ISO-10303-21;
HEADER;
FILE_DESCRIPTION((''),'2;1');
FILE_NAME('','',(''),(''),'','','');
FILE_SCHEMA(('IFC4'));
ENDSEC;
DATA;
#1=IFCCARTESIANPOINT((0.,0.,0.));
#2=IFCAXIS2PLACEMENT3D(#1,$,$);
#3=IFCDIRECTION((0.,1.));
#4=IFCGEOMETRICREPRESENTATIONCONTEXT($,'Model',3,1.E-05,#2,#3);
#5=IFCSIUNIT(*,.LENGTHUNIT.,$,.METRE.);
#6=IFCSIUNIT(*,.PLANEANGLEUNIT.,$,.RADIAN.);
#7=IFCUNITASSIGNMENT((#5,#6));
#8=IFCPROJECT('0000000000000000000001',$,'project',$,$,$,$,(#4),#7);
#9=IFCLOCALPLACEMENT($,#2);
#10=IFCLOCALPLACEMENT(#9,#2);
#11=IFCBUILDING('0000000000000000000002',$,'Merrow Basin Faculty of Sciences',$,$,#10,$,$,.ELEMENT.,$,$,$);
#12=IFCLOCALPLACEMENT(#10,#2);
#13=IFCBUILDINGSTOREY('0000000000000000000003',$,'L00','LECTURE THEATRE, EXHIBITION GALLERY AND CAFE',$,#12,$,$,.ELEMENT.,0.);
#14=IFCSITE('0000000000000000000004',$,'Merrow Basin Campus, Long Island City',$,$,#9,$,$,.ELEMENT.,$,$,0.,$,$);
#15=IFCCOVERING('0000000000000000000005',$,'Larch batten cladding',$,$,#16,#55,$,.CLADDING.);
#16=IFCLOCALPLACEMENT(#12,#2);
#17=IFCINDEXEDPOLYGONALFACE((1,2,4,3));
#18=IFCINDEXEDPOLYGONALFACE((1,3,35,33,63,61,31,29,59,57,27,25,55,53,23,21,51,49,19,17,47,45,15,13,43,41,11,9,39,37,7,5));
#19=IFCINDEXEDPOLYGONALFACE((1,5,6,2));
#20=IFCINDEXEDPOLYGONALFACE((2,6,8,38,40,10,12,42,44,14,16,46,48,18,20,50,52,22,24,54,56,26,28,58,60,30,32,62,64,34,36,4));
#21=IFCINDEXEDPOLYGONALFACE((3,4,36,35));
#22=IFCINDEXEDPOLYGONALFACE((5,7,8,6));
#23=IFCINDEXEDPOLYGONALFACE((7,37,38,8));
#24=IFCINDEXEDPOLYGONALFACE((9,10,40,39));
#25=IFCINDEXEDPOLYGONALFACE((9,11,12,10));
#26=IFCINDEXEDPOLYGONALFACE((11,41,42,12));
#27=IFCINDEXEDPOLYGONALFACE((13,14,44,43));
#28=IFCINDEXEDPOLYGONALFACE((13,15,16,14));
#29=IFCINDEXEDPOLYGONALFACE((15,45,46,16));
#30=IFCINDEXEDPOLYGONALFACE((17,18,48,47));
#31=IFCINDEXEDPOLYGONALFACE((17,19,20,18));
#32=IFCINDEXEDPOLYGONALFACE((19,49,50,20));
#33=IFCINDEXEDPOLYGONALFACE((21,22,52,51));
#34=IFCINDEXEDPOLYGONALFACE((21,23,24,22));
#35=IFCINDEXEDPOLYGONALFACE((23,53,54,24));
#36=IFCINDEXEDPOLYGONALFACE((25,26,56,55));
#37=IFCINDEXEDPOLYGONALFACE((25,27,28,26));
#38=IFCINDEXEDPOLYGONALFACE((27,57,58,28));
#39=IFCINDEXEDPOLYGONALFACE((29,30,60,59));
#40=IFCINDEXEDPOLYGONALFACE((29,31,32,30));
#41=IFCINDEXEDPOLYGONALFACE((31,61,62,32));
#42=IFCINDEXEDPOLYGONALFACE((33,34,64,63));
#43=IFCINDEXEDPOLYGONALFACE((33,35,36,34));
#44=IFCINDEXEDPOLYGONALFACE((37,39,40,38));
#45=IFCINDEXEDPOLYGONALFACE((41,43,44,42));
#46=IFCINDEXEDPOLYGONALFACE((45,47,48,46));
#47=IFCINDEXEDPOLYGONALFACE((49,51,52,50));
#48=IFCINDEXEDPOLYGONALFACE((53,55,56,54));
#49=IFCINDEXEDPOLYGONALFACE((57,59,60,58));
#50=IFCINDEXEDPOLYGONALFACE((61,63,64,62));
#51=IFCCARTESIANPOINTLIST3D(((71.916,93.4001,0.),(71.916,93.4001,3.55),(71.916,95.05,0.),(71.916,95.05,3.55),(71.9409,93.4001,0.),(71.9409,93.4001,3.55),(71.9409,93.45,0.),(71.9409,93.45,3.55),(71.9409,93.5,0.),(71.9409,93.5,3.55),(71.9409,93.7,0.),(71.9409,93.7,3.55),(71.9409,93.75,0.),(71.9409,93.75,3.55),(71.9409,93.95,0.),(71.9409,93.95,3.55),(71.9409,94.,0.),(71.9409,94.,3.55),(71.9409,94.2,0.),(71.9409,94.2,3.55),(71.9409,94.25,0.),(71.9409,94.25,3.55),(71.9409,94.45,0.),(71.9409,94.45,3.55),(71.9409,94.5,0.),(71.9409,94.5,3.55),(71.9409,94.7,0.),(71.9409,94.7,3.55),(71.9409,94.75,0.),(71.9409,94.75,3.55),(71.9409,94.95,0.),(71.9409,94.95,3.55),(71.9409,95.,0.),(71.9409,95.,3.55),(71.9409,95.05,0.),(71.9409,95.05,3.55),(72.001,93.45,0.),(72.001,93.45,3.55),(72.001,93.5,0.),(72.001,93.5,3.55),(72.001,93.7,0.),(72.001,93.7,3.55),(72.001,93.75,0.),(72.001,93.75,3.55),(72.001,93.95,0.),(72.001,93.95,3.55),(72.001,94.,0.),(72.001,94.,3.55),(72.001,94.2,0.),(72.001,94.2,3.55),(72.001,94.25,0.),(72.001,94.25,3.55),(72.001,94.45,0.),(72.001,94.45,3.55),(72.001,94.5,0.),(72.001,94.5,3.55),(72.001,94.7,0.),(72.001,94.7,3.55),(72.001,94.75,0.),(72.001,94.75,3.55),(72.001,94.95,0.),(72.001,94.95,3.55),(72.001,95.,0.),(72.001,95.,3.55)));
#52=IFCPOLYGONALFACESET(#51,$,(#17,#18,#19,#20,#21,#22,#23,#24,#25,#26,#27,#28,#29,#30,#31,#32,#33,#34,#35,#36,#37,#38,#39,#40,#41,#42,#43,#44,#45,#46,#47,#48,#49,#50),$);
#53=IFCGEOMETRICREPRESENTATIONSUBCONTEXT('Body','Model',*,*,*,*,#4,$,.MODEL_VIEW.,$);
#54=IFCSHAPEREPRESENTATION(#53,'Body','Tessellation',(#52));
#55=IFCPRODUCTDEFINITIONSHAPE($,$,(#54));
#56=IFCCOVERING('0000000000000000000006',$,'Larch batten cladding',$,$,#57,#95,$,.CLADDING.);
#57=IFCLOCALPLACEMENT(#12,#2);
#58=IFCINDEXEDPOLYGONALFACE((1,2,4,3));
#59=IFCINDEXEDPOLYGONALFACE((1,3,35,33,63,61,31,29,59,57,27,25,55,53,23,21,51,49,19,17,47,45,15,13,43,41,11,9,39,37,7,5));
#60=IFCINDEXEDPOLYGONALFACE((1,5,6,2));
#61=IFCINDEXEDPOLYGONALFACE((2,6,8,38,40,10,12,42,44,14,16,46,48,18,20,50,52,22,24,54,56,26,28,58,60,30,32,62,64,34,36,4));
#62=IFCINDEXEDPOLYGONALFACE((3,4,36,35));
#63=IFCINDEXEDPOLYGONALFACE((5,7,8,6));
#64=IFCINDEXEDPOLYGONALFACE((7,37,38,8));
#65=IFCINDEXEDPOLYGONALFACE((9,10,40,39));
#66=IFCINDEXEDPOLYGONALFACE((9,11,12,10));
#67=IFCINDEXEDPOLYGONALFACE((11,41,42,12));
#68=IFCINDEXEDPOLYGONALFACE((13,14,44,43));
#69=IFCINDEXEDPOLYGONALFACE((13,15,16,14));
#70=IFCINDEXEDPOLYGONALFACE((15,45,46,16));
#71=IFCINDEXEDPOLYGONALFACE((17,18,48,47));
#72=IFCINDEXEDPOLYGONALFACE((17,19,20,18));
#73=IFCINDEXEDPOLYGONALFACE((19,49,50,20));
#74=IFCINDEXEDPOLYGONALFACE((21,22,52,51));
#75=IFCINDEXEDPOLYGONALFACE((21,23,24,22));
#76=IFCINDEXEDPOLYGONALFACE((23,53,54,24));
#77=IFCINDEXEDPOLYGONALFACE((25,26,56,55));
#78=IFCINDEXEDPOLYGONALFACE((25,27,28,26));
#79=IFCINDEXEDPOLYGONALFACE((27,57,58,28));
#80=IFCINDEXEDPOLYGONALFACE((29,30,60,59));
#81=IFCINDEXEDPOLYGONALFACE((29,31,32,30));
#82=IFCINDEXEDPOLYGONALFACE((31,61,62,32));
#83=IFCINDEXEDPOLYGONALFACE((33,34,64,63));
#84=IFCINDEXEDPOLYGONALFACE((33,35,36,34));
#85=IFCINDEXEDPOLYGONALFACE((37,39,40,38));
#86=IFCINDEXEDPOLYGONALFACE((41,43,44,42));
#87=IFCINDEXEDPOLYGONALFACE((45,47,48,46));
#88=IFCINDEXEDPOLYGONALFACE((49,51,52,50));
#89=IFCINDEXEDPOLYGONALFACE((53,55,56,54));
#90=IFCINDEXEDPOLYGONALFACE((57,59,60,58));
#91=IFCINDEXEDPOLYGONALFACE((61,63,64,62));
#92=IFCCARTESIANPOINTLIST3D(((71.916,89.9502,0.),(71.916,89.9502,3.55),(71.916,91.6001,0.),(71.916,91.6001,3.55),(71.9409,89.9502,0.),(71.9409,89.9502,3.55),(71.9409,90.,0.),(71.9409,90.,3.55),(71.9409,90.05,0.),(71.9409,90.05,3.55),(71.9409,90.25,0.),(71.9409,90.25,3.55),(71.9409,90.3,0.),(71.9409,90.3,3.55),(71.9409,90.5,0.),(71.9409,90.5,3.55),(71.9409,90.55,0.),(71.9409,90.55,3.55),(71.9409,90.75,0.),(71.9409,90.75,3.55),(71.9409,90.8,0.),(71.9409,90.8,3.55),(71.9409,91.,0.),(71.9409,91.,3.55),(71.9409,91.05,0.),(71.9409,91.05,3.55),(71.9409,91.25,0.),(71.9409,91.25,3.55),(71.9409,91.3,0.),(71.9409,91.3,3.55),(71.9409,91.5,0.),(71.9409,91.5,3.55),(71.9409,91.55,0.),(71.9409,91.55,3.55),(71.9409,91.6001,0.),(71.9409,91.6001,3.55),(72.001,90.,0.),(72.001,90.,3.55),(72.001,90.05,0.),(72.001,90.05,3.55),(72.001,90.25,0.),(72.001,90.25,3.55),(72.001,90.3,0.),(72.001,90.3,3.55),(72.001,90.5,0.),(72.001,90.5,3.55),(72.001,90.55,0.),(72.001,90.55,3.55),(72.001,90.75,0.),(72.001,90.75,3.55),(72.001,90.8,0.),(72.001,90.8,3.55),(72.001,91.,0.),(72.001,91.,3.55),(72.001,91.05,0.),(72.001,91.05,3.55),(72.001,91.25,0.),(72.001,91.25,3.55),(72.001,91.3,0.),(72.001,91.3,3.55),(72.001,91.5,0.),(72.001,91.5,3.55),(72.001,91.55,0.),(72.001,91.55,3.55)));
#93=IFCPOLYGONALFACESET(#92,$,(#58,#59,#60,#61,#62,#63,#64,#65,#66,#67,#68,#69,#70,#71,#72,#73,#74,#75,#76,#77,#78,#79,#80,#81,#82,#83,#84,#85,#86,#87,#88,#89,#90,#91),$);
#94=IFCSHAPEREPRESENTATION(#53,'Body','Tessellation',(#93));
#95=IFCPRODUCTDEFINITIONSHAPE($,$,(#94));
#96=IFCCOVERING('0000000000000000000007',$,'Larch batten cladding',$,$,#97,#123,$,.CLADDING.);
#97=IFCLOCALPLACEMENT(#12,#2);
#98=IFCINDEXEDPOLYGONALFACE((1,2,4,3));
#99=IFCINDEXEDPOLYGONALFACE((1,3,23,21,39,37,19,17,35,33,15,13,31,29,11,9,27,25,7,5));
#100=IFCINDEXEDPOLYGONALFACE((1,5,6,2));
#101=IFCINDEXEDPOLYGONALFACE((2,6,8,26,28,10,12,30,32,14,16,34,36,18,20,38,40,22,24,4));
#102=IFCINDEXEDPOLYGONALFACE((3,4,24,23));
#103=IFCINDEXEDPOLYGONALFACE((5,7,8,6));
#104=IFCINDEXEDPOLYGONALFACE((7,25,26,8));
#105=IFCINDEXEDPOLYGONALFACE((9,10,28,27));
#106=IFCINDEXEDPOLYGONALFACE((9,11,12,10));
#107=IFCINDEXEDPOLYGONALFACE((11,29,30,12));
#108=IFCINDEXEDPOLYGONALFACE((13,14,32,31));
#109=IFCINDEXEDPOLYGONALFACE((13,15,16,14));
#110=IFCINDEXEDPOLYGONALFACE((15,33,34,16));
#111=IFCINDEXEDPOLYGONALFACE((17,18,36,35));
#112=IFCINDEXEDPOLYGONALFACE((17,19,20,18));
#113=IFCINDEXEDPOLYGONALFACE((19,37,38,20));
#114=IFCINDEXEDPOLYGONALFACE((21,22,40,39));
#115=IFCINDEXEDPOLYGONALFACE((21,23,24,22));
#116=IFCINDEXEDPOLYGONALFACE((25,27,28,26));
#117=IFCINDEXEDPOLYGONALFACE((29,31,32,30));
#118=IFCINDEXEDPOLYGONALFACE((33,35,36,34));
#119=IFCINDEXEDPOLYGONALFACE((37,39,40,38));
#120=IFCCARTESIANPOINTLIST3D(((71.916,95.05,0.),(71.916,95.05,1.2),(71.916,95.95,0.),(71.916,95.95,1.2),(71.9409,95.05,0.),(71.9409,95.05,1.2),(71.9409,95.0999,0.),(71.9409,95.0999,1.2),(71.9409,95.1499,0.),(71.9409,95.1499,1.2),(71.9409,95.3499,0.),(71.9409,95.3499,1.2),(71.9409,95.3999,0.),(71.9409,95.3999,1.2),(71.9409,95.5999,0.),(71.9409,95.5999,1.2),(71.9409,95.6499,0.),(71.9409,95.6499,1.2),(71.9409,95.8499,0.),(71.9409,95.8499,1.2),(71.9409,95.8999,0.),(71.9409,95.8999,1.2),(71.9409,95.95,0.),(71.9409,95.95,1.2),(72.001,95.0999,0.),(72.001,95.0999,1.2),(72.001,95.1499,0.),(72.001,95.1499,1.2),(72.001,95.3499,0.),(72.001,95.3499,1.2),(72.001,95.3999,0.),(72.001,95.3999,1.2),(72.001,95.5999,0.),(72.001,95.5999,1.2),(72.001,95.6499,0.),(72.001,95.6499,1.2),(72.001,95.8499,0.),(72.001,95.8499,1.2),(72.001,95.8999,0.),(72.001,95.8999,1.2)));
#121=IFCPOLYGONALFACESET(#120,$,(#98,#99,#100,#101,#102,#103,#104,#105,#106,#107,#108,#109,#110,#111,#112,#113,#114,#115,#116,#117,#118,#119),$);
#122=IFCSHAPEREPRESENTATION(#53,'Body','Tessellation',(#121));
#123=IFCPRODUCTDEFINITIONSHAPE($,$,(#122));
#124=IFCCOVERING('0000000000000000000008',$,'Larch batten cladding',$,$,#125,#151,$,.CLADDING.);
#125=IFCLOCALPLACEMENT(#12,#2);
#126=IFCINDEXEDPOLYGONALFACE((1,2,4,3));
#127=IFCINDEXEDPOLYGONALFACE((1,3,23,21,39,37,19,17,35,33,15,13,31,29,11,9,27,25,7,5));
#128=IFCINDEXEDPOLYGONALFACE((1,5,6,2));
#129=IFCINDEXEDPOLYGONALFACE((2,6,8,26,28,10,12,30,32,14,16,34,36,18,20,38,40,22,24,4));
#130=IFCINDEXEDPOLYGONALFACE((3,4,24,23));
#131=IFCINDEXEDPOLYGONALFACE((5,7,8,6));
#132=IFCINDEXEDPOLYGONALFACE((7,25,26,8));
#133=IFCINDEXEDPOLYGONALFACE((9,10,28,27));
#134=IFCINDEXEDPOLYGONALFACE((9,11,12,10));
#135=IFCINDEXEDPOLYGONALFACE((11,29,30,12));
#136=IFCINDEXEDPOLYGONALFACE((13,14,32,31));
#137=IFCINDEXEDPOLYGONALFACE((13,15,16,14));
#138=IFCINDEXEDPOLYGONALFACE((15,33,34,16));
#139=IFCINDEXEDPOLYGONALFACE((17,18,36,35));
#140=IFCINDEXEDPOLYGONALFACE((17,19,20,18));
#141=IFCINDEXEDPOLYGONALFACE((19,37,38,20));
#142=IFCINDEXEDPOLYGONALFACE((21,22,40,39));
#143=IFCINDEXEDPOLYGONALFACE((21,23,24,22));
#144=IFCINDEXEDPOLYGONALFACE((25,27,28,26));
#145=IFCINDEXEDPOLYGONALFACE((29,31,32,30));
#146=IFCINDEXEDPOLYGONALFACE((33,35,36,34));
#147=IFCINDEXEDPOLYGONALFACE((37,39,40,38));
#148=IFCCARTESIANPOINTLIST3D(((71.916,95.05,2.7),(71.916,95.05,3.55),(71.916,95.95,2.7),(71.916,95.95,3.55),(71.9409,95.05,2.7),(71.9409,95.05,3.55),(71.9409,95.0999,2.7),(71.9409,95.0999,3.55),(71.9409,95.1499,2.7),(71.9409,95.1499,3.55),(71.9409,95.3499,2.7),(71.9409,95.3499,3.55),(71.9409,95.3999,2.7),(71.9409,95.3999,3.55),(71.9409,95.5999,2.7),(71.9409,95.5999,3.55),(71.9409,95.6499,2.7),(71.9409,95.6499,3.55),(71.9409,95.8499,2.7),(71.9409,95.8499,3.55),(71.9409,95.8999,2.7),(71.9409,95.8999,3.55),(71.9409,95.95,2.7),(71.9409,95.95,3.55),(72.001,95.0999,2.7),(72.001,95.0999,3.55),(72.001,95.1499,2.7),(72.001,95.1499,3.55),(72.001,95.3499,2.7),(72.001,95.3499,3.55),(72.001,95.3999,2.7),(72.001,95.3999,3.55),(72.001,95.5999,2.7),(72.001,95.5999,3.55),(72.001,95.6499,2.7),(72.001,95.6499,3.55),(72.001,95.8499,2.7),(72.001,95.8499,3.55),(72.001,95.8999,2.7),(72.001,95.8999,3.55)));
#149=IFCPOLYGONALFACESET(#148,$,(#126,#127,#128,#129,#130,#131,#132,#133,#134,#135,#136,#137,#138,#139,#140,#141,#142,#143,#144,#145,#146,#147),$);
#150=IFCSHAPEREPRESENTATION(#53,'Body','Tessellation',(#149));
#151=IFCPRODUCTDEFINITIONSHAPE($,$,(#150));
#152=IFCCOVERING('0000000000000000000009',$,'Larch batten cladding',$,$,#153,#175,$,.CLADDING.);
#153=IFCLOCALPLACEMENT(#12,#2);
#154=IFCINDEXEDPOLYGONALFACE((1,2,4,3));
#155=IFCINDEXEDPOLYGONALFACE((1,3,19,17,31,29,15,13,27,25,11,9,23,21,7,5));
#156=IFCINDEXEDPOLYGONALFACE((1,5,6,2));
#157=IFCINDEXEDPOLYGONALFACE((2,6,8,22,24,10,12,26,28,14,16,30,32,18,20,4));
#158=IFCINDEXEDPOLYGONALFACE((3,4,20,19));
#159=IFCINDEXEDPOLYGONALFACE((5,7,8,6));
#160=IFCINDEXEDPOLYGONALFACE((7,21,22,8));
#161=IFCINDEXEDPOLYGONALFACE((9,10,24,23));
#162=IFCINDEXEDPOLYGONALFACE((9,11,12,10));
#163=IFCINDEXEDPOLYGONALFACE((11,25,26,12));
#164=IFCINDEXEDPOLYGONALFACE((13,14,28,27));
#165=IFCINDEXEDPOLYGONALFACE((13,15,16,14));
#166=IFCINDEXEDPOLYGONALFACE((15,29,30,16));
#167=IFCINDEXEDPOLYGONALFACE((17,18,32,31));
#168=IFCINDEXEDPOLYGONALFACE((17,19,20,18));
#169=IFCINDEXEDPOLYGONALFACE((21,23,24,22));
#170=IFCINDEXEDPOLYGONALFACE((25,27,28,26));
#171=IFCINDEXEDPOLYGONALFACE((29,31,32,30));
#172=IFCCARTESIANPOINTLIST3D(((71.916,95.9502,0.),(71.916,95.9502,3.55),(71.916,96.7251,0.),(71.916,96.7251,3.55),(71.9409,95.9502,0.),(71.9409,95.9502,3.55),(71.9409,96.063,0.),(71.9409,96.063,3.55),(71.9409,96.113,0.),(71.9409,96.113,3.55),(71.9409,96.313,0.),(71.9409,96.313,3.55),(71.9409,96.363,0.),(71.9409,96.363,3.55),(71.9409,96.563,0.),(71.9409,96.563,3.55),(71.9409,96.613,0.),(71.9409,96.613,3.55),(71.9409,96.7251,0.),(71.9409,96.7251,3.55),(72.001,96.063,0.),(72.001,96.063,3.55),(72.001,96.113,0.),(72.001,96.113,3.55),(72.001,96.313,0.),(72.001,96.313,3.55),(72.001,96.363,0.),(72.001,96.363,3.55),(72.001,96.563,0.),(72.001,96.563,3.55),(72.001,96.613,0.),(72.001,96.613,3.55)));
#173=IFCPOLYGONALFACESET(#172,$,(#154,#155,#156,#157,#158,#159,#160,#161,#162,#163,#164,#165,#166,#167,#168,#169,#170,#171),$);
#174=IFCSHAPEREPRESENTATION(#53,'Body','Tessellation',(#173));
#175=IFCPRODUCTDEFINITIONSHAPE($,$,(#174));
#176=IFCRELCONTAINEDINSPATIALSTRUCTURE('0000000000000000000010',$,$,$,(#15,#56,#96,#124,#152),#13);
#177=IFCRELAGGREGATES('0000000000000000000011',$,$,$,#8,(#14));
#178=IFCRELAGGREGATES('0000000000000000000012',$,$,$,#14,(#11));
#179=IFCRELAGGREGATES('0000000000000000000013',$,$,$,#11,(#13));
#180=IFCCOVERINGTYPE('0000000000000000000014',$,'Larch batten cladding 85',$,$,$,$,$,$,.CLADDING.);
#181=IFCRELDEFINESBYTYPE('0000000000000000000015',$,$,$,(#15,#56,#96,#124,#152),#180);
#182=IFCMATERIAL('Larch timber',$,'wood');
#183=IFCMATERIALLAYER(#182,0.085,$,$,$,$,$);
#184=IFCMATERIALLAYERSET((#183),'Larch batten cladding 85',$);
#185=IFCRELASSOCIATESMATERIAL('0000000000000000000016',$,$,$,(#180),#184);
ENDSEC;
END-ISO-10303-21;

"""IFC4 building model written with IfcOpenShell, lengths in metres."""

from ifc_helpers import new_model, si_unit, direction, frame, origin, place, context, subcontext, project, spatial, polyline, outline, extrude, source, transform, mapped, material, layer, layer_set, type_object, element, save


model = new_model("IFC4")

# Units and contexts
model_context = context("Model", 3, precision=1e-05, world=origin(), true_north=direction((0.0, 1.0)))
body_context = subcontext(model_context, "Body", "Model", "MODEL_VIEW")
ifc_project = project(units=[si_unit("LENGTHUNIT", "METRE"), si_unit("PLANEANGLEUNIT", "RADIAN")], contexts=[model_context])

# Site, building, storey
site_placement = place(None, origin())
site = spatial("IfcSite", under=ifc_project, at=site_placement, Name="Merrow Basin Campus, Long Island City", CompositionType="ELEMENT", RefElevation=0.0)
building_placement = place(site_placement, origin())
building = spatial("IfcBuilding", under=site, at=building_placement, Name="Merrow Basin Faculty of Sciences", CompositionType="ELEMENT")
storey_placement = place(building_placement, origin())
storey = spatial("IfcBuildingStorey", under=building, at=storey_placement, Name="L00", Description="LECTURE THEATRE, EXHIBITION GALLERY AND CAFE", CompositionType="ELEMENT", Elevation=0.0)

# Coverings
ifc_material_1 = material(Name="Larch timber", Category="wood")
ifc_layer_1 = layer(ifc_material_1, 0.085)
ifc_layer_set_1 = layer_set([ifc_layer_1], Name="Larch batten cladding 85")
covering_type = type_object("IfcCoveringType", Name="Larch batten cladding 85", PredefinedType="CLADDING", material=ifc_layer_set_1)
shared_shape_1 = source(origin(), body_context, "Body", "SweptSolid", [
    extrude(outline(polyline([(0.0, 0.0), (1.6499, 0.0), (1.6499, 0.0249), (1.6001, 0.0249), (1.6001, 0.085), (1.55, 0.085), (1.55, 0.0249), (1.3501, 0.0249), (1.3501, 0.085), (1.3, 0.085), (1.3, 0.0249), (1.1001, 0.0249), (1.1001, 0.085), (1.05, 0.085), (1.05, 0.0249), (0.8501, 0.0249), (0.8501, 0.085), (0.8, 0.085), (0.8, 0.0249), (0.6001, 0.0249), (0.6001, 0.085), (0.55, 0.085), (0.55, 0.0249), (0.3501, 0.0249), (0.3501, 0.085), (0.3, 0.085), (0.3, 0.0249), (0.1001, 0.0249), (0.1001, 0.085), (0.05, 0.085), (0.05, 0.0249), (0.0, 0.0249), (0.0, 0.0)])), origin(), (0.0, 0.0, 1.0), 3.55),
])
for number, where, z_axis, x_axis, name in (
    (1, (71.916, 95.05, 0.0), (0.0, 0.0, 1.0), (0.0, -1.0, 0.0), "Larch batten cladding"),
    (2, (71.916, 91.6001, 0.0), (0.0, 0.0, 1.0), (0.0, -1.0, 0.0), "Larch batten cladding"),
):
    element("IfcCovering", number, at=place(storey_placement, frame(where, z_axis=z_axis, x_axis=x_axis)), inside=storey, type_object=covering_type, Name=name, PredefinedType="CLADDING", context=body_context, shape_type="MappedRepresentation", body=[
        mapped(shared_shape_1, transform((0.0, 0.0, 0.0), scale=1.0)),
    ])
shared_shape_2 = source(origin(), body_context, "Body", "SweptSolid", [
    extrude(outline(polyline([(0.0, 0.0), (0.8999, 0.0), (0.8999, 0.0249), (0.8501, 0.0249), (0.8501, 0.085), (0.8, 0.085), (0.8, 0.0249), (0.6001, 0.0249), (0.6001, 0.085), (0.55, 0.085), (0.55, 0.0249), (0.3501, 0.0249), (0.3501, 0.085), (0.3, 0.085), (0.3, 0.0249), (0.1001, 0.0249), (0.1001, 0.085), (0.05, 0.085), (0.05, 0.0249), (0.0, 0.0249), (0.0, 0.0)])), origin(), (0.0, 0.0, 1.0), 1.2),
])
covering_1_placement = place(storey_placement, frame((71.916, 95.95, 0.0), z_axis=(0.0, 0.0, 1.0), x_axis=(0.0, -1.0, 0.0)))
element("IfcCovering", 3, at=covering_1_placement, inside=storey, type_object=covering_type, Name="Larch batten cladding", PredefinedType="CLADDING", context=body_context, shape_type="MappedRepresentation", body=[
    mapped(shared_shape_2, transform((0.0, 0.0, 0.0), scale=1.0)),
])
shared_shape_3 = source(origin(), body_context, "Body", "SweptSolid", [
    extrude(outline(polyline([(0.0, 0.0), (0.8999, 0.0), (0.8999, 0.0249), (0.8501, 0.0249), (0.8501, 0.085), (0.8, 0.085), (0.8, 0.0249), (0.6001, 0.0249), (0.6001, 0.085), (0.55, 0.085), (0.55, 0.0249), (0.3501, 0.0249), (0.3501, 0.085), (0.3, 0.085), (0.3, 0.0249), (0.1001, 0.0249), (0.1001, 0.085), (0.05, 0.085), (0.05, 0.0249), (0.0, 0.0249), (0.0, 0.0)])), origin(), (0.0, 0.0, 1.0), 0.8501),
])
covering_2_placement = place(storey_placement, frame((71.916, 95.95, 2.7), z_axis=(0.0, 0.0, 1.0), x_axis=(0.0, -1.0, 0.0)))
element("IfcCovering", 4, at=covering_2_placement, inside=storey, type_object=covering_type, Name="Larch batten cladding", PredefinedType="CLADDING", context=body_context, shape_type="MappedRepresentation", body=[
    mapped(shared_shape_3, transform((0.0, 0.0, 0.0), scale=1.0)),
])
shared_shape_4 = source(origin(), body_context, "Body", "SweptSolid", [
    extrude(outline(polyline([(0.0, 0.0), (0.7749, 0.0), (0.7749, 0.0249), (0.6621, 0.0249), (0.6621, 0.085), (0.6121, 0.085), (0.6121, 0.0249), (0.4121, 0.0249), (0.4121, 0.085), (0.3621, 0.085), (0.3621, 0.0249), (0.1621, 0.0249), (0.1621, 0.085), (0.1121, 0.085), (0.1121, 0.0249), (0.0, 0.0249), (0.0, 0.0)])), origin(), (0.0, 0.0, 1.0), 3.55),
])
for number, where, z_axis, x_axis, name in (
    (5, (71.916, 96.7251, 0.0), (0.0, 0.0, 1.0), (0.0, -1.0, 0.0), "Larch batten cladding"),
):
    element("IfcCovering", number, at=place(storey_placement, frame(where, z_axis=z_axis, x_axis=x_axis)), inside=storey, type_object=covering_type, Name=name, PredefinedType="CLADDING", context=body_context, shape_type="MappedRepresentation", body=[
        mapped(shared_shape_4, transform((0.0, 0.0, 0.0), scale=1.0)),
    ])

save(model, "model.ifc")
